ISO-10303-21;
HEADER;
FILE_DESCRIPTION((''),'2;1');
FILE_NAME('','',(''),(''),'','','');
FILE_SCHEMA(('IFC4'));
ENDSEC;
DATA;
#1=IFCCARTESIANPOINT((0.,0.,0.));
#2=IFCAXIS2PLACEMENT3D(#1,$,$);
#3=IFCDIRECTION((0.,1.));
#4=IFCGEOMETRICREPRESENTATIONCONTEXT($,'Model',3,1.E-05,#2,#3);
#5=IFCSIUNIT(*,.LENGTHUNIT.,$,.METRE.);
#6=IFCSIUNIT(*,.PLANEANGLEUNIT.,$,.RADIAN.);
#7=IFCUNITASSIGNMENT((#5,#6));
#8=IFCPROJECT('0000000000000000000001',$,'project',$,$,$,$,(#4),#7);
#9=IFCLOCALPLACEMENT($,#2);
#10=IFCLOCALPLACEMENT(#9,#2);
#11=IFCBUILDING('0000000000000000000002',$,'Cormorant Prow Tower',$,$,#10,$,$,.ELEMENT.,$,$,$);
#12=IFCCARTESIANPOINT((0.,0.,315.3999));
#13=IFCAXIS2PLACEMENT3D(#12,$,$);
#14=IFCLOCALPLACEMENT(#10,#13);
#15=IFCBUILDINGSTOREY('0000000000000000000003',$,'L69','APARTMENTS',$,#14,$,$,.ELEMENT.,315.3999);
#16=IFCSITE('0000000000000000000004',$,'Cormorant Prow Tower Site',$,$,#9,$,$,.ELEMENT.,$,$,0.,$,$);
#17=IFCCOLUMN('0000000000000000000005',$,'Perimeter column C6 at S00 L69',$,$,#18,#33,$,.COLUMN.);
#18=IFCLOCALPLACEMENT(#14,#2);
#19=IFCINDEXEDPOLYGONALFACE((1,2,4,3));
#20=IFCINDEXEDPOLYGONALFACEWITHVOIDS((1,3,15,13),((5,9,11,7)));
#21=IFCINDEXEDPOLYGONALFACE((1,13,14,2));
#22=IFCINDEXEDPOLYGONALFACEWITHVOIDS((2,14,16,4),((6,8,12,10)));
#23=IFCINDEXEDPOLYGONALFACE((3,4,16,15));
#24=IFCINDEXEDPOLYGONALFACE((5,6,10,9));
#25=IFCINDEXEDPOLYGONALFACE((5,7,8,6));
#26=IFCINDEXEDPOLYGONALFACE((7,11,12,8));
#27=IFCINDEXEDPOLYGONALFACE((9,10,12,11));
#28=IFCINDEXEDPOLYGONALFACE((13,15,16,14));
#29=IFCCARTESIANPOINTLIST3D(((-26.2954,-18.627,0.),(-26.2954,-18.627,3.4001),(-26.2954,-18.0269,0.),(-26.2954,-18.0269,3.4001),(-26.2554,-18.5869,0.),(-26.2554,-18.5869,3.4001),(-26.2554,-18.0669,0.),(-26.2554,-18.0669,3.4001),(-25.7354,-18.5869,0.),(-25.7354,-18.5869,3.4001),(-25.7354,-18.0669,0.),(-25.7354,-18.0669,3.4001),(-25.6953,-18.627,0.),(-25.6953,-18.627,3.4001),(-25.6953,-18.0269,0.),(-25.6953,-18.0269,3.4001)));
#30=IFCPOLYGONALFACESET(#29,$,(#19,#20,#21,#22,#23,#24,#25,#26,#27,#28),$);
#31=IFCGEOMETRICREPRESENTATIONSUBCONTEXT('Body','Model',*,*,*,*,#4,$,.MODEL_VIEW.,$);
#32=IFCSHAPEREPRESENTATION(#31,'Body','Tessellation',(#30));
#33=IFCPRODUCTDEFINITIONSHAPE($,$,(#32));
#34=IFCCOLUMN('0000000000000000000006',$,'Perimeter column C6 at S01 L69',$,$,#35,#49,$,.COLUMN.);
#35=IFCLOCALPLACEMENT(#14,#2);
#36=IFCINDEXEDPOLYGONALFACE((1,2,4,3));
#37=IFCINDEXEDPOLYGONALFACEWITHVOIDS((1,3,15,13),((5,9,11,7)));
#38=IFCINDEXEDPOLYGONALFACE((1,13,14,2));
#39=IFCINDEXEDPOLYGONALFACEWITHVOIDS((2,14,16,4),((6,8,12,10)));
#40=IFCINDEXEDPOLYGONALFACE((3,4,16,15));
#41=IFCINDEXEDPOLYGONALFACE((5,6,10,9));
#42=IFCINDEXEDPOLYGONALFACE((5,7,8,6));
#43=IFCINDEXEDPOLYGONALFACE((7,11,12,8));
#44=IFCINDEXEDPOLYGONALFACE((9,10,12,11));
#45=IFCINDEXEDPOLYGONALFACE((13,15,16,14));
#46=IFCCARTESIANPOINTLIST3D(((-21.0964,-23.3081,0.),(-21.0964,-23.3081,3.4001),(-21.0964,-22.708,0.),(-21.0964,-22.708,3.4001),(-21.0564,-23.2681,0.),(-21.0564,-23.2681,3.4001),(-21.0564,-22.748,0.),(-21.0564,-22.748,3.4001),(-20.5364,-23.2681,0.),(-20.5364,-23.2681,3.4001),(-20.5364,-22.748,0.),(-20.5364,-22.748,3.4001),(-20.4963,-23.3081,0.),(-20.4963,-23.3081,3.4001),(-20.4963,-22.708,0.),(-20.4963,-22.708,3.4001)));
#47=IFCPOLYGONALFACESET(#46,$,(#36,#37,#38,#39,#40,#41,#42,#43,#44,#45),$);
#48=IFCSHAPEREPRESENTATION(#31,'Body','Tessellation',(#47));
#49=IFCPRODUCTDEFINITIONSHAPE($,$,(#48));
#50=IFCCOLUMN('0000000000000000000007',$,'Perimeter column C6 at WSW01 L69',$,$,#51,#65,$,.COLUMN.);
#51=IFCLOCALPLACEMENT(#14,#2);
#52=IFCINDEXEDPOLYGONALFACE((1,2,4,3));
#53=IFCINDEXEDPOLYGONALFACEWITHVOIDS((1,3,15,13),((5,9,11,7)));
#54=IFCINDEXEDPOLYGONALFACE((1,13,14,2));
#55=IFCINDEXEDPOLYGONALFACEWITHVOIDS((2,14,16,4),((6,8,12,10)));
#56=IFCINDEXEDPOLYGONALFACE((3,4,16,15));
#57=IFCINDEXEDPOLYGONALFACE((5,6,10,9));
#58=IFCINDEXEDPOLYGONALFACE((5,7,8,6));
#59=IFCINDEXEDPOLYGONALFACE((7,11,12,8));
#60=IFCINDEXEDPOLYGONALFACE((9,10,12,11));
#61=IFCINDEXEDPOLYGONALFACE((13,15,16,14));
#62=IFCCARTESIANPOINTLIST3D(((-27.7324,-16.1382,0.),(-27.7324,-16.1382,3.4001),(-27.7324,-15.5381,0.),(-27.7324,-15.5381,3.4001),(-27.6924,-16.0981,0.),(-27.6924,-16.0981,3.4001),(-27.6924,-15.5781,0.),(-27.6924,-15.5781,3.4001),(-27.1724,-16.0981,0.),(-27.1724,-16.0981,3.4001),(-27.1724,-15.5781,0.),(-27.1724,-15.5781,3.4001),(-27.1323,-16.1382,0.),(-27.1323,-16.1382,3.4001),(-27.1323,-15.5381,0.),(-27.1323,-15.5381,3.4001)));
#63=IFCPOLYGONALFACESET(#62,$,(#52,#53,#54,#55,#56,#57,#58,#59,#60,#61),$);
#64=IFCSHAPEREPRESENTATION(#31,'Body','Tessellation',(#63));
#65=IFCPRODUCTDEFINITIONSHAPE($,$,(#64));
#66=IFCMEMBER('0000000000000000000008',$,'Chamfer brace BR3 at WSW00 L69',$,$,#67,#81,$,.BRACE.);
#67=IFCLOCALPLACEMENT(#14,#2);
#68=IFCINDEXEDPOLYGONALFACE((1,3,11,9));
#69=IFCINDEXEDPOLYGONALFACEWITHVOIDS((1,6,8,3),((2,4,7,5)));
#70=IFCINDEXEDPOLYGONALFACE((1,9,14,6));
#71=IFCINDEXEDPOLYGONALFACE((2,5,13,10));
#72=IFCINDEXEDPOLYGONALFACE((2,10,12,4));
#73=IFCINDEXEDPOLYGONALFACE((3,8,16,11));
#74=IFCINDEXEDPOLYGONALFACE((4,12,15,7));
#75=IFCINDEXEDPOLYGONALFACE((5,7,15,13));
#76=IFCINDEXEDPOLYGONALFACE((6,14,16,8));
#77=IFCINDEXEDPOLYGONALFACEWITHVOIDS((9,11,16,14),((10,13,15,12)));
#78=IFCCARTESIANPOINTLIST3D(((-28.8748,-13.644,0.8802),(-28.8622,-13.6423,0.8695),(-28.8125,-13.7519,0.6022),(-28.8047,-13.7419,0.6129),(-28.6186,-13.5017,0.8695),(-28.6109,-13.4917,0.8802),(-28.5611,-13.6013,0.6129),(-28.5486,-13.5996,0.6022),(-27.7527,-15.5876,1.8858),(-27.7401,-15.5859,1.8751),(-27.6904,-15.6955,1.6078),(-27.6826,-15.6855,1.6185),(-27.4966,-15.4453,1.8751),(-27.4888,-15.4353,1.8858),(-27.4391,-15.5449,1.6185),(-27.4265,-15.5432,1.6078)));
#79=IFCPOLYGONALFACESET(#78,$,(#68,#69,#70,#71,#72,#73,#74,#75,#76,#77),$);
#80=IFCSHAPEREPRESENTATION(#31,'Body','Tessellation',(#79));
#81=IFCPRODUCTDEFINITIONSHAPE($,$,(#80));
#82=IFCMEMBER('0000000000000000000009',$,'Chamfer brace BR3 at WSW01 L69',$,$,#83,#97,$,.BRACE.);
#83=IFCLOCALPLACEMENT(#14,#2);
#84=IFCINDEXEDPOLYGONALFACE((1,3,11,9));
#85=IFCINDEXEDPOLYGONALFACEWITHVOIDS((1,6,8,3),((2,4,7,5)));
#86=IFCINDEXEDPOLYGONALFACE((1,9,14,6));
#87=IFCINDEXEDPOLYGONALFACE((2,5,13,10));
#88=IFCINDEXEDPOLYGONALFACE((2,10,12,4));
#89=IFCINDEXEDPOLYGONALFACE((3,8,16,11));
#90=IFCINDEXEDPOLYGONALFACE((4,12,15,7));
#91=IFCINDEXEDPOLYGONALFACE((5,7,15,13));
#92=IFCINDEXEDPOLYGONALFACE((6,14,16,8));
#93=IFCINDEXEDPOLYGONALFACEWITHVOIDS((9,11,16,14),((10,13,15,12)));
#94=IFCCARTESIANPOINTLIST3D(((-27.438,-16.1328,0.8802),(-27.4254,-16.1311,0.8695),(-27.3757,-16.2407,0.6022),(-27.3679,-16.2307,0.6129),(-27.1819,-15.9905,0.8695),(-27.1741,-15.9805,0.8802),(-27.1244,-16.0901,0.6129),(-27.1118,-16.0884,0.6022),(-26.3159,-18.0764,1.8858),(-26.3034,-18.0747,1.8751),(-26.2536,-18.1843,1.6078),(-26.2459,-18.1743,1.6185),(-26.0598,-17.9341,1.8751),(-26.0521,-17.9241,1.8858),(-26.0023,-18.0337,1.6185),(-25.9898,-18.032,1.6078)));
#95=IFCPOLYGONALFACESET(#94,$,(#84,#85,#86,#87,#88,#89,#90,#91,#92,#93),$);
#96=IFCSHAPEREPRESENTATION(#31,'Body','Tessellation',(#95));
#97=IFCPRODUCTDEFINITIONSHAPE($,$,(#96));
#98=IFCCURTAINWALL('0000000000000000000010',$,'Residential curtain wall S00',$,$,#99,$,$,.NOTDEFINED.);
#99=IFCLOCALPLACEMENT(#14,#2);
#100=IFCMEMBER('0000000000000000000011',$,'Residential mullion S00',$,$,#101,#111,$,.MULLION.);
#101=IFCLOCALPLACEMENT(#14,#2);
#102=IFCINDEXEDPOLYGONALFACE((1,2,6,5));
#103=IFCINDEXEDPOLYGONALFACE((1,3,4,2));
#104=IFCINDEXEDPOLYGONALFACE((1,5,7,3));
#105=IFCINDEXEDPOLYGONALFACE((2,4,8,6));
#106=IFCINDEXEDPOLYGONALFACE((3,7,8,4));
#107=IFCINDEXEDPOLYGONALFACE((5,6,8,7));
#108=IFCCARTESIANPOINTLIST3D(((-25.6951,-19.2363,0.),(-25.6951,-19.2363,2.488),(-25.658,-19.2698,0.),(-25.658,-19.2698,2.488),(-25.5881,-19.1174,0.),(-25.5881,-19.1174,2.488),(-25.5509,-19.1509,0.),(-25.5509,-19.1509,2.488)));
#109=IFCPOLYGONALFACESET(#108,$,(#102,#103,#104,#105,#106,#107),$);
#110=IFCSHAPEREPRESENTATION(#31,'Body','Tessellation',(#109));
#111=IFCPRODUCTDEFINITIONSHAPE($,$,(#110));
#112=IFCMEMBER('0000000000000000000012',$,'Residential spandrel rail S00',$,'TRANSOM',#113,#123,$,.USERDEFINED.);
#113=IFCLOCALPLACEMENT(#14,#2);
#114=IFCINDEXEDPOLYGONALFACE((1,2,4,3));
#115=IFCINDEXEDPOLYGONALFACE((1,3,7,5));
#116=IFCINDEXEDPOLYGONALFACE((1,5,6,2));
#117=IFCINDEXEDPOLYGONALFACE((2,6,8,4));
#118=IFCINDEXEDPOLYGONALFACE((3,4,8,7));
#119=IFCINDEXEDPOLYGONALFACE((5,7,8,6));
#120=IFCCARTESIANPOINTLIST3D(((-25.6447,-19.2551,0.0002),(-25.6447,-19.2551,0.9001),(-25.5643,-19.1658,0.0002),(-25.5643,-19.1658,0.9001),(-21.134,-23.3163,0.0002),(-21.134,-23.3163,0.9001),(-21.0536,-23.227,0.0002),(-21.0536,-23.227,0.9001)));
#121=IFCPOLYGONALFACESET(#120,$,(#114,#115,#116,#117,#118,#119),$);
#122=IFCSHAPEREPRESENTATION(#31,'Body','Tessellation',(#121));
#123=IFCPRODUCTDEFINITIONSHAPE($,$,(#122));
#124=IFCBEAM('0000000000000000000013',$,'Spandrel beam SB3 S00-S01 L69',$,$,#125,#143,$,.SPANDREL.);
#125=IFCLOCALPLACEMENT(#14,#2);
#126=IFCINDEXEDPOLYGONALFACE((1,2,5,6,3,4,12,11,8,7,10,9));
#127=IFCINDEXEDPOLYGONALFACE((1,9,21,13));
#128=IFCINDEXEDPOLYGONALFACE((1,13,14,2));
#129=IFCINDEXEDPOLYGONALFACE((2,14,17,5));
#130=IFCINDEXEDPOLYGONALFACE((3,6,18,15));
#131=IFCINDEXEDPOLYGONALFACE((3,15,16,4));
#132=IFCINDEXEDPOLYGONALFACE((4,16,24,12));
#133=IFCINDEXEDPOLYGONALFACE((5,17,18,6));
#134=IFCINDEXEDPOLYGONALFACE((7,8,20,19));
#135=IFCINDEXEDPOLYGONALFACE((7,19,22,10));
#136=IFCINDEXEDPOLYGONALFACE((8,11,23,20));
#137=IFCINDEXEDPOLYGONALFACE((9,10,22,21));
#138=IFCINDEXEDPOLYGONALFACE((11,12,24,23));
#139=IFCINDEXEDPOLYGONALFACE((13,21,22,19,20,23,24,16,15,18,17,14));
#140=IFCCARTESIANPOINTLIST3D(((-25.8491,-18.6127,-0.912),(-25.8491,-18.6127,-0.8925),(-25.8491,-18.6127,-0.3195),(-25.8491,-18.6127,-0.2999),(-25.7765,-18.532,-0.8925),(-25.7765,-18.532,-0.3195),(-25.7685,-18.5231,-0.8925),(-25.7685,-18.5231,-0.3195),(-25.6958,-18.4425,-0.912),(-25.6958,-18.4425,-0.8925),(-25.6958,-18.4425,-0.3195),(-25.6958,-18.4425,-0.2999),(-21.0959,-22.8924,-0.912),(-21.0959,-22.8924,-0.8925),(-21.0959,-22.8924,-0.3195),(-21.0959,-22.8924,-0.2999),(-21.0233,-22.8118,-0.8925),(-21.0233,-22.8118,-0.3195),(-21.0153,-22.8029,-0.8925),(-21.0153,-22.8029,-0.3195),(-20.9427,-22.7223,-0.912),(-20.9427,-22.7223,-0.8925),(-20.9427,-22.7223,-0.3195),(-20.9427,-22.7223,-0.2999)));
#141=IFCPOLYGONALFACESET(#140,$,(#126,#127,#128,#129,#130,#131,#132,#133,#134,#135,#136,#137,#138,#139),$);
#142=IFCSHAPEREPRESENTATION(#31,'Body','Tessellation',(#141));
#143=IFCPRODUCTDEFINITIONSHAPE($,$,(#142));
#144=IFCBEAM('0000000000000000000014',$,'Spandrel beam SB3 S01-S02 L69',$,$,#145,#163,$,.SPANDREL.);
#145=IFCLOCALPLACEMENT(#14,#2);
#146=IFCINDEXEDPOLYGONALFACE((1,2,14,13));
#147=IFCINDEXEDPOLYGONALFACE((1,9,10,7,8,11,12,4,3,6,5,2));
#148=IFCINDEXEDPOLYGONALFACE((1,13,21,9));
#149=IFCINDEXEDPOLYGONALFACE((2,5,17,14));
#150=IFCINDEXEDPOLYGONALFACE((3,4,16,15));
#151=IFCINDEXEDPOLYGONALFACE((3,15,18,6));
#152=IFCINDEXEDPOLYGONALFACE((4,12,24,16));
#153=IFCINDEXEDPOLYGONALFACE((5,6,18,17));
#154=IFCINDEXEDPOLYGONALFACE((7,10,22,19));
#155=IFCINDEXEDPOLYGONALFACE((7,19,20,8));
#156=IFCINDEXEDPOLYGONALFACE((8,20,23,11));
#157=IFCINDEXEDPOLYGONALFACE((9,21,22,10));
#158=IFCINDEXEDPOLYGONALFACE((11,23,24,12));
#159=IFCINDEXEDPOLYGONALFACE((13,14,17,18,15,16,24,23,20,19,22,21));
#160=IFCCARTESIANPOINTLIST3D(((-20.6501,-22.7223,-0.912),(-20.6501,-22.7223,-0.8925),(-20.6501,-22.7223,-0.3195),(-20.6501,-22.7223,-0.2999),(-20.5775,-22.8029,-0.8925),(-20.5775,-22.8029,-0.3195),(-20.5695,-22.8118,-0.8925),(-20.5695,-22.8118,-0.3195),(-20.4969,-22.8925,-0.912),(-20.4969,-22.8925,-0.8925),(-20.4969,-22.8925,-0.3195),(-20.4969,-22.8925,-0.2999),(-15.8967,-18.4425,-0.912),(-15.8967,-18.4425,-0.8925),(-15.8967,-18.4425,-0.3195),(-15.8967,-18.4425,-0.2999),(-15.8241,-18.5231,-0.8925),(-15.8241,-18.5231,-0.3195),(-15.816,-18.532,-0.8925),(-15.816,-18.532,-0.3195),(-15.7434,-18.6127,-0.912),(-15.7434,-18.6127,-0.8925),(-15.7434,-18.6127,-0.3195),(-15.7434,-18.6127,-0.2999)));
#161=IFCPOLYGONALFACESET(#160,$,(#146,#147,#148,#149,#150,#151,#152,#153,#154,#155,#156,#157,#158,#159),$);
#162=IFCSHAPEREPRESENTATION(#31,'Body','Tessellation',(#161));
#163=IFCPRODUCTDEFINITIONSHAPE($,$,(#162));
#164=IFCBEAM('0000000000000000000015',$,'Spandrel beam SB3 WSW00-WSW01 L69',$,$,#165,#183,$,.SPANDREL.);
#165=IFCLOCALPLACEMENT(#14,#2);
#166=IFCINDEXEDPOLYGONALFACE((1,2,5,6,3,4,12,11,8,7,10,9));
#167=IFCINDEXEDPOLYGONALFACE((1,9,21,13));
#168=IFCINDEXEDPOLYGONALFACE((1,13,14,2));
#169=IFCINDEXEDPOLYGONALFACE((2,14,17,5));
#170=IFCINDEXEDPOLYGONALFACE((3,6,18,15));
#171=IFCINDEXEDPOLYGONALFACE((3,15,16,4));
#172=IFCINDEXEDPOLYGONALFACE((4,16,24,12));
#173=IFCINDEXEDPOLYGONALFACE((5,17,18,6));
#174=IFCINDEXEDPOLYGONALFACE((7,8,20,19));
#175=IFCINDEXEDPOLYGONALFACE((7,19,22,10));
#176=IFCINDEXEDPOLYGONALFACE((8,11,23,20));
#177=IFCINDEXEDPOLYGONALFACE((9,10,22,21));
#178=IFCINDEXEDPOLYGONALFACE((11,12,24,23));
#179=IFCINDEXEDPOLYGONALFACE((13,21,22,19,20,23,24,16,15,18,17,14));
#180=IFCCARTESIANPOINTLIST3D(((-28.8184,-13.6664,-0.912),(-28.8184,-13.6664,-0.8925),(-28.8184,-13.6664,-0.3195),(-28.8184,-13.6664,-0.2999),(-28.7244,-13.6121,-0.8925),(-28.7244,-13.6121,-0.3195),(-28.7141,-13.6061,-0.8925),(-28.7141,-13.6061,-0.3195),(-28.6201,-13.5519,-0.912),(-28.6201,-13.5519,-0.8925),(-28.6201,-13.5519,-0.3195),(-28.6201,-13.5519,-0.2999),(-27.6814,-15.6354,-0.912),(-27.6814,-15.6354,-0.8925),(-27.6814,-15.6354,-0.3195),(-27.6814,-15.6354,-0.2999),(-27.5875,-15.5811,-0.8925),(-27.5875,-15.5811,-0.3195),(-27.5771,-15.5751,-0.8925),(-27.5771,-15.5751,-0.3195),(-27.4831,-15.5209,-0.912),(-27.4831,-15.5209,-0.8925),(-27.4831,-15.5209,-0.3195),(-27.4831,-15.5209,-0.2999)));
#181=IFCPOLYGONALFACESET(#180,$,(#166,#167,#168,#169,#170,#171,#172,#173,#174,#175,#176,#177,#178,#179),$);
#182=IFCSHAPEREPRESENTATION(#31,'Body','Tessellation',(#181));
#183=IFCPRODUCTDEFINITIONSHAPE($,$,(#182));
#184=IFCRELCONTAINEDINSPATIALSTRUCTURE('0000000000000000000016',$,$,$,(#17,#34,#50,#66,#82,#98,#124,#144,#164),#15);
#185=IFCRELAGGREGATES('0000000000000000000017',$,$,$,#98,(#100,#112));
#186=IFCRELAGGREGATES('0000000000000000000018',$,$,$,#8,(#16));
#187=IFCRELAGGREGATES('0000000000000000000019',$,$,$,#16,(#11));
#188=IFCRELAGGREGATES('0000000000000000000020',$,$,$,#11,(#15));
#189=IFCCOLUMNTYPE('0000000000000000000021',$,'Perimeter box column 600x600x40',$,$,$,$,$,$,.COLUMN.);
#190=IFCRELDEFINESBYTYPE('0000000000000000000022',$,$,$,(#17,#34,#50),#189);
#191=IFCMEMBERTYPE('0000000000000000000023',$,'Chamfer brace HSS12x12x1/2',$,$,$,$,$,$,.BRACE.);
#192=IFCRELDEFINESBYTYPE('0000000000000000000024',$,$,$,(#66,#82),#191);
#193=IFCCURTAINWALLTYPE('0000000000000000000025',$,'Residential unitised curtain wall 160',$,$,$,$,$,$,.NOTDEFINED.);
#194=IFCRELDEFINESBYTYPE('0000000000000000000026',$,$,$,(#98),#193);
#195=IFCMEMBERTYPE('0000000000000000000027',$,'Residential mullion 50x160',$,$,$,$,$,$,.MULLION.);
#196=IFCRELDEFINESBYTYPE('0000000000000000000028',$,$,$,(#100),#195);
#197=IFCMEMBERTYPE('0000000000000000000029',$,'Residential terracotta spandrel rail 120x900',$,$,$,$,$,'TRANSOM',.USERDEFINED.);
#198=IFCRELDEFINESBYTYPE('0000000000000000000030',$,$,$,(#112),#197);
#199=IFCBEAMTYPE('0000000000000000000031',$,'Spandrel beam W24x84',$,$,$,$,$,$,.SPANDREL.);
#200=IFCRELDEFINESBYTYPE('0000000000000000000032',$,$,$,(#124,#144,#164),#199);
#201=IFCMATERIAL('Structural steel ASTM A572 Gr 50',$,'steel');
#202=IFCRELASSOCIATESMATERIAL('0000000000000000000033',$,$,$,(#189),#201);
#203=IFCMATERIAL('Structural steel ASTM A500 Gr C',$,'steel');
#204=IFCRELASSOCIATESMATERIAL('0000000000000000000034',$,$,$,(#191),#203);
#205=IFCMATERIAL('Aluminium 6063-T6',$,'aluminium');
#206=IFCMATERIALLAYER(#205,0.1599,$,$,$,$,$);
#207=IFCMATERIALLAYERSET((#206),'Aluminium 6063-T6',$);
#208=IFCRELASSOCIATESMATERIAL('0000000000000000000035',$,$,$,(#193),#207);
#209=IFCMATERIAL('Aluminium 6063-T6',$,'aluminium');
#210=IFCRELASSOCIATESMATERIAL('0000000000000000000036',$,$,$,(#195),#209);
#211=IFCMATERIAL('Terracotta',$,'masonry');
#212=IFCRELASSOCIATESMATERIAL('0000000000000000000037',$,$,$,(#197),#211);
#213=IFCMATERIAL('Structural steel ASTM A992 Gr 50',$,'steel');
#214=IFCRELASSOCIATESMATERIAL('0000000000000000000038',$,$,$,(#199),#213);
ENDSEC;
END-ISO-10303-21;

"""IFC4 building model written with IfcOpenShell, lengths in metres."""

from ifc_helpers import new_model, si_unit, direction, frame, origin, origin_2d, place, context, subcontext, project, spatial, rectangle, hollow_rectangle, i_section, extrude, material, layer, layer_set, material_profile, profile_set, type_object, element, aggregate, save


model = new_model("IFC4")

# Units and contexts
model_context = context("Model", 3, precision=1e-05, world=origin(), true_north=direction((0.0, 1.0)))
body_context = subcontext(model_context, "Body", "Model", "MODEL_VIEW")
ifc_project = project(units=[si_unit("LENGTHUNIT", "METRE"), si_unit("PLANEANGLEUNIT", "RADIAN")], contexts=[model_context])

# Site, building, storey
site_placement = place(None, origin())
site = spatial("IfcSite", under=ifc_project, at=site_placement, Name="Cormorant Prow Tower Site", CompositionType="ELEMENT", RefElevation=0.0)
building_placement = place(site_placement, origin())
building = spatial("IfcBuilding", under=site, at=building_placement, Name="Cormorant Prow Tower", CompositionType="ELEMENT")
storey_placement = place(building_placement, frame((0.0, 0.0, 315.3999)))
storey = spatial("IfcBuildingStorey", under=building, at=storey_placement, Name="L69", Description="APARTMENTS", CompositionType="ELEMENT", Elevation=315.3999)

# Columns
ifc_material_1 = material(Name="Structural steel ASTM A572 Gr 50", Category="steel")
ifc_material_profile_1 = material_profile(ifc_material_1, hollow_rectangle(XDim=0.6001, YDim=0.6001, WallThickness=0.04, at=origin_2d()), Name="Box 600x600x40")
ifc_profile_set_1 = profile_set([ifc_material_profile_1], Name="Structural steel ASTM A572 Gr 50")
column_type = type_object("IfcColumnType", Name="Perimeter box column 600x600x40", PredefinedType="COLUMN", material=ifc_profile_set_1)
for number, where, z_axis, x_axis, name in (
    (1, (-25.9954, -18.3269, 0.0), (0.0, 0.0, 1.0), (1.0, 0.0, 0.0), "Perimeter column C6 at S00 L69"),
    (2, (-20.7964, -23.0081, 0.0), (0.0, 0.0, 1.0), (1.0, 0.0, 0.0), "Perimeter column C6 at S01 L69"),
    (3, (-27.4324, -15.8381, 0.0), (0.0, 0.0, 1.0), (1.0, 0.0, 0.0), "Perimeter column C6 at WSW01 L69"),
):
    element("IfcColumn", number, at=place(storey_placement, frame(where, z_axis=z_axis, x_axis=x_axis)), inside=storey, type_object=column_type, Name=name, PredefinedType="COLUMN", context=body_context, shape_type="SweptSolid", body=[
        extrude(hollow_rectangle(XDim=0.6001, YDim=0.6001, WallThickness=0.04, at=origin_2d()), origin(), (0.0, 0.0, 1.0), 3.4001),
    ])

# Members
ifc_material_2 = material(Name="Structural steel ASTM A500 Gr C", Category="steel")
ifc_material_profile_2 = material_profile(ifc_material_2, hollow_rectangle(XDim=0.3047, YDim=0.3047, WallThickness=0.0117, at=origin_2d()), Name="HSS12x12x1/2")
ifc_profile_set_2 = profile_set([ifc_material_profile_2], Name="Structural steel ASTM A500 Gr C")
member_type_1 = type_object("IfcMemberType", Name="Chamfer brace HSS12x12x1/2", PredefinedType="BRACE", material=ifc_profile_set_2)
for number, where, z_axis, x_axis, name in (
    (4, (-28.7117, -13.6218, 0.7412), (0.456266, -0.790324, 0.408912), (0.866039, 0.499977, 0.0), "Chamfer brace BR3 at WSW00 L69"),
    (5, (-27.2749, -16.1106, 0.7412), (0.456266, -0.790324, 0.408912), (0.866039, 0.499977, 0.0), "Chamfer brace BR3 at WSW01 L69"),
):
    element("IfcMember", number, at=place(storey_placement, frame(where, z_axis=z_axis, x_axis=x_axis)), inside=storey, type_object=member_type_1, Name=name, PredefinedType="BRACE", context=body_context, shape_type="SweptSolid", body=[
        extrude(hollow_rectangle(XDim=0.3047, YDim=0.3047, WallThickness=0.0117, at=origin_2d()), origin(), (0.0, 0.0, 1.0), 2.4592),
    ])

# Curtain wall, members
ifc_material_3 = material(Name="Aluminium 6063-T6", Category="aluminium")
ifc_layer_1 = layer(ifc_material_3, 0.1599)
ifc_layer_set_1 = layer_set([ifc_layer_1], Name="Aluminium 6063-T6")
curtain_wall_type = type_object("IfcCurtainWallType", Name="Residential unitised curtain wall 160", PredefinedType="NOTDEFINED", material=ifc_layer_set_1)
curtain_wall_placement = place(storey_placement, origin())
curtain_wall = element("IfcCurtainWall", 6, at=curtain_wall_placement, inside=storey, type_object=curtain_wall_type, Name="Residential curtain wall S00", PredefinedType="NOTDEFINED")
ifc_material_4 = material(Name="Aluminium 6063-T6", Category="aluminium")
ifc_material_profile_3 = material_profile(ifc_material_4, rectangle(XDim=0.1599, YDim=0.05, at=origin_2d()), Name="Residential mullion 50x160")
ifc_profile_set_3 = profile_set([ifc_material_profile_3], Name="Aluminium 6063-T6")
member_type_2 = type_object("IfcMemberType", Name="Residential mullion 50x160", PredefinedType="MULLION", material=ifc_profile_set_3)
member_1_placement = place(storey_placement, frame((-25.623, -19.1936, 0.0), z_axis=(0.0, 0.0, 1.0), x_axis=(0.669131, 0.743145, 0.0)))
member_1 = element("IfcMember", 7, at=member_1_placement, type_object=member_type_2, Name="Residential mullion S00", PredefinedType="MULLION", context=body_context, shape_type="SweptSolid", body=[
    extrude(rectangle(XDim=0.1599, YDim=0.05, at=origin_2d()), origin(), (0.0, 0.0, 1.0), 2.488),
])
ifc_material_5 = material(Name="Terracotta", Category="masonry")
ifc_material_profile_4 = material_profile(ifc_material_5, rectangle(XDim=0.1201, YDim=0.8999, at=origin_2d()), Name="Residential terracotta spandrel rail 120x900")
ifc_profile_set_4 = profile_set([ifc_material_profile_4], Name="Terracotta")
member_type_3 = type_object("IfcMemberType", Name="Residential terracotta spandrel rail 120x900", ElementType="TRANSOM", PredefinedType="USERDEFINED", material=ifc_profile_set_4)
member_2_placement = place(storey_placement, frame((-25.6045, -19.2104, 0.4502), z_axis=(0.743162, -0.669111, 0.0), x_axis=(0.669111, 0.743162, 0.0)))
member_2 = element("IfcMember", 8, at=member_2_placement, type_object=member_type_3, Name="Residential spandrel rail S00", ObjectType="TRANSOM", PredefinedType="USERDEFINED", context=body_context, shape_type="SweptSolid", body=[
    extrude(rectangle(XDim=0.1201, YDim=0.8999, at=origin_2d()), origin(), (0.0, 0.0, 1.0), 6.0696),
])

# Beams
ifc_material_6 = material(Name="Structural steel ASTM A992 Gr 50", Category="steel")
ifc_material_profile_5 = material_profile(ifc_material_6, i_section(OverallWidth=0.229, OverallDepth=0.6121, WebThickness=0.012, FlangeThickness=0.0195, at=origin_2d()), Name="W24x84")
ifc_profile_set_5 = profile_set([ifc_material_profile_5], Name="Structural steel ASTM A992 Gr 50")
beam_type = type_object("IfcBeamType", Name="Spandrel beam W24x84", PredefinedType="SPANDREL", material=ifc_profile_set_5)
beam_1_placement = place(storey_placement, frame((-25.7725, -18.5276, -0.606), z_axis=(0.743144, -0.669131, 0.0), x_axis=(0.669131, 0.743144, 0.0)))
element("IfcBeam", 9, at=beam_1_placement, inside=storey, type_object=beam_type, Name="Spandrel beam SB3 S00-S01 L69", PredefinedType="SPANDREL", context=body_context, shape_type="SweptSolid", body=[
    extrude(i_section(OverallWidth=0.229, OverallDepth=0.6121, WebThickness=0.012, FlangeThickness=0.0195, at=origin_2d()), origin(), (0.0, 0.0, 1.0), 6.396),
])
beam_2_placement = place(storey_placement, frame((-20.5735, -22.8074, -0.606), z_axis=(0.743161, 0.669112, 0.0), x_axis=(-0.669112, 0.743161, 0.0)))
element("IfcBeam", 10, at=beam_2_placement, inside=storey, type_object=beam_type, Name="Spandrel beam SB3 S01-S02 L69", PredefinedType="SPANDREL", context=body_context, shape_type="SweptSolid", body=[
    extrude(i_section(OverallWidth=0.229, OverallDepth=0.6121, WebThickness=0.012, FlangeThickness=0.0195, at=origin_2d()), origin(), (0.0, 0.0, 1.0), 6.3962),
])
beam_3_placement = place(storey_placement, frame((-28.7192, -13.6091, -0.606), z_axis=(0.500054, -0.865994, 0.0), x_axis=(0.865994, 0.500054, 0.0)))
element("IfcBeam", 11, at=beam_3_placement, inside=storey, type_object=beam_type, Name="Spandrel beam SB3 WSW00-WSW01 L69", PredefinedType="SPANDREL", context=body_context, shape_type="SweptSolid", body=[
    extrude(i_section(OverallWidth=0.229, OverallDepth=0.6121, WebThickness=0.012, FlangeThickness=0.0195, at=origin_2d()), origin(), (0.0, 0.0, 1.0), 2.2737),
])

aggregate(curtain_wall, [member_1, member_2])

save(model, "model.ifc")
